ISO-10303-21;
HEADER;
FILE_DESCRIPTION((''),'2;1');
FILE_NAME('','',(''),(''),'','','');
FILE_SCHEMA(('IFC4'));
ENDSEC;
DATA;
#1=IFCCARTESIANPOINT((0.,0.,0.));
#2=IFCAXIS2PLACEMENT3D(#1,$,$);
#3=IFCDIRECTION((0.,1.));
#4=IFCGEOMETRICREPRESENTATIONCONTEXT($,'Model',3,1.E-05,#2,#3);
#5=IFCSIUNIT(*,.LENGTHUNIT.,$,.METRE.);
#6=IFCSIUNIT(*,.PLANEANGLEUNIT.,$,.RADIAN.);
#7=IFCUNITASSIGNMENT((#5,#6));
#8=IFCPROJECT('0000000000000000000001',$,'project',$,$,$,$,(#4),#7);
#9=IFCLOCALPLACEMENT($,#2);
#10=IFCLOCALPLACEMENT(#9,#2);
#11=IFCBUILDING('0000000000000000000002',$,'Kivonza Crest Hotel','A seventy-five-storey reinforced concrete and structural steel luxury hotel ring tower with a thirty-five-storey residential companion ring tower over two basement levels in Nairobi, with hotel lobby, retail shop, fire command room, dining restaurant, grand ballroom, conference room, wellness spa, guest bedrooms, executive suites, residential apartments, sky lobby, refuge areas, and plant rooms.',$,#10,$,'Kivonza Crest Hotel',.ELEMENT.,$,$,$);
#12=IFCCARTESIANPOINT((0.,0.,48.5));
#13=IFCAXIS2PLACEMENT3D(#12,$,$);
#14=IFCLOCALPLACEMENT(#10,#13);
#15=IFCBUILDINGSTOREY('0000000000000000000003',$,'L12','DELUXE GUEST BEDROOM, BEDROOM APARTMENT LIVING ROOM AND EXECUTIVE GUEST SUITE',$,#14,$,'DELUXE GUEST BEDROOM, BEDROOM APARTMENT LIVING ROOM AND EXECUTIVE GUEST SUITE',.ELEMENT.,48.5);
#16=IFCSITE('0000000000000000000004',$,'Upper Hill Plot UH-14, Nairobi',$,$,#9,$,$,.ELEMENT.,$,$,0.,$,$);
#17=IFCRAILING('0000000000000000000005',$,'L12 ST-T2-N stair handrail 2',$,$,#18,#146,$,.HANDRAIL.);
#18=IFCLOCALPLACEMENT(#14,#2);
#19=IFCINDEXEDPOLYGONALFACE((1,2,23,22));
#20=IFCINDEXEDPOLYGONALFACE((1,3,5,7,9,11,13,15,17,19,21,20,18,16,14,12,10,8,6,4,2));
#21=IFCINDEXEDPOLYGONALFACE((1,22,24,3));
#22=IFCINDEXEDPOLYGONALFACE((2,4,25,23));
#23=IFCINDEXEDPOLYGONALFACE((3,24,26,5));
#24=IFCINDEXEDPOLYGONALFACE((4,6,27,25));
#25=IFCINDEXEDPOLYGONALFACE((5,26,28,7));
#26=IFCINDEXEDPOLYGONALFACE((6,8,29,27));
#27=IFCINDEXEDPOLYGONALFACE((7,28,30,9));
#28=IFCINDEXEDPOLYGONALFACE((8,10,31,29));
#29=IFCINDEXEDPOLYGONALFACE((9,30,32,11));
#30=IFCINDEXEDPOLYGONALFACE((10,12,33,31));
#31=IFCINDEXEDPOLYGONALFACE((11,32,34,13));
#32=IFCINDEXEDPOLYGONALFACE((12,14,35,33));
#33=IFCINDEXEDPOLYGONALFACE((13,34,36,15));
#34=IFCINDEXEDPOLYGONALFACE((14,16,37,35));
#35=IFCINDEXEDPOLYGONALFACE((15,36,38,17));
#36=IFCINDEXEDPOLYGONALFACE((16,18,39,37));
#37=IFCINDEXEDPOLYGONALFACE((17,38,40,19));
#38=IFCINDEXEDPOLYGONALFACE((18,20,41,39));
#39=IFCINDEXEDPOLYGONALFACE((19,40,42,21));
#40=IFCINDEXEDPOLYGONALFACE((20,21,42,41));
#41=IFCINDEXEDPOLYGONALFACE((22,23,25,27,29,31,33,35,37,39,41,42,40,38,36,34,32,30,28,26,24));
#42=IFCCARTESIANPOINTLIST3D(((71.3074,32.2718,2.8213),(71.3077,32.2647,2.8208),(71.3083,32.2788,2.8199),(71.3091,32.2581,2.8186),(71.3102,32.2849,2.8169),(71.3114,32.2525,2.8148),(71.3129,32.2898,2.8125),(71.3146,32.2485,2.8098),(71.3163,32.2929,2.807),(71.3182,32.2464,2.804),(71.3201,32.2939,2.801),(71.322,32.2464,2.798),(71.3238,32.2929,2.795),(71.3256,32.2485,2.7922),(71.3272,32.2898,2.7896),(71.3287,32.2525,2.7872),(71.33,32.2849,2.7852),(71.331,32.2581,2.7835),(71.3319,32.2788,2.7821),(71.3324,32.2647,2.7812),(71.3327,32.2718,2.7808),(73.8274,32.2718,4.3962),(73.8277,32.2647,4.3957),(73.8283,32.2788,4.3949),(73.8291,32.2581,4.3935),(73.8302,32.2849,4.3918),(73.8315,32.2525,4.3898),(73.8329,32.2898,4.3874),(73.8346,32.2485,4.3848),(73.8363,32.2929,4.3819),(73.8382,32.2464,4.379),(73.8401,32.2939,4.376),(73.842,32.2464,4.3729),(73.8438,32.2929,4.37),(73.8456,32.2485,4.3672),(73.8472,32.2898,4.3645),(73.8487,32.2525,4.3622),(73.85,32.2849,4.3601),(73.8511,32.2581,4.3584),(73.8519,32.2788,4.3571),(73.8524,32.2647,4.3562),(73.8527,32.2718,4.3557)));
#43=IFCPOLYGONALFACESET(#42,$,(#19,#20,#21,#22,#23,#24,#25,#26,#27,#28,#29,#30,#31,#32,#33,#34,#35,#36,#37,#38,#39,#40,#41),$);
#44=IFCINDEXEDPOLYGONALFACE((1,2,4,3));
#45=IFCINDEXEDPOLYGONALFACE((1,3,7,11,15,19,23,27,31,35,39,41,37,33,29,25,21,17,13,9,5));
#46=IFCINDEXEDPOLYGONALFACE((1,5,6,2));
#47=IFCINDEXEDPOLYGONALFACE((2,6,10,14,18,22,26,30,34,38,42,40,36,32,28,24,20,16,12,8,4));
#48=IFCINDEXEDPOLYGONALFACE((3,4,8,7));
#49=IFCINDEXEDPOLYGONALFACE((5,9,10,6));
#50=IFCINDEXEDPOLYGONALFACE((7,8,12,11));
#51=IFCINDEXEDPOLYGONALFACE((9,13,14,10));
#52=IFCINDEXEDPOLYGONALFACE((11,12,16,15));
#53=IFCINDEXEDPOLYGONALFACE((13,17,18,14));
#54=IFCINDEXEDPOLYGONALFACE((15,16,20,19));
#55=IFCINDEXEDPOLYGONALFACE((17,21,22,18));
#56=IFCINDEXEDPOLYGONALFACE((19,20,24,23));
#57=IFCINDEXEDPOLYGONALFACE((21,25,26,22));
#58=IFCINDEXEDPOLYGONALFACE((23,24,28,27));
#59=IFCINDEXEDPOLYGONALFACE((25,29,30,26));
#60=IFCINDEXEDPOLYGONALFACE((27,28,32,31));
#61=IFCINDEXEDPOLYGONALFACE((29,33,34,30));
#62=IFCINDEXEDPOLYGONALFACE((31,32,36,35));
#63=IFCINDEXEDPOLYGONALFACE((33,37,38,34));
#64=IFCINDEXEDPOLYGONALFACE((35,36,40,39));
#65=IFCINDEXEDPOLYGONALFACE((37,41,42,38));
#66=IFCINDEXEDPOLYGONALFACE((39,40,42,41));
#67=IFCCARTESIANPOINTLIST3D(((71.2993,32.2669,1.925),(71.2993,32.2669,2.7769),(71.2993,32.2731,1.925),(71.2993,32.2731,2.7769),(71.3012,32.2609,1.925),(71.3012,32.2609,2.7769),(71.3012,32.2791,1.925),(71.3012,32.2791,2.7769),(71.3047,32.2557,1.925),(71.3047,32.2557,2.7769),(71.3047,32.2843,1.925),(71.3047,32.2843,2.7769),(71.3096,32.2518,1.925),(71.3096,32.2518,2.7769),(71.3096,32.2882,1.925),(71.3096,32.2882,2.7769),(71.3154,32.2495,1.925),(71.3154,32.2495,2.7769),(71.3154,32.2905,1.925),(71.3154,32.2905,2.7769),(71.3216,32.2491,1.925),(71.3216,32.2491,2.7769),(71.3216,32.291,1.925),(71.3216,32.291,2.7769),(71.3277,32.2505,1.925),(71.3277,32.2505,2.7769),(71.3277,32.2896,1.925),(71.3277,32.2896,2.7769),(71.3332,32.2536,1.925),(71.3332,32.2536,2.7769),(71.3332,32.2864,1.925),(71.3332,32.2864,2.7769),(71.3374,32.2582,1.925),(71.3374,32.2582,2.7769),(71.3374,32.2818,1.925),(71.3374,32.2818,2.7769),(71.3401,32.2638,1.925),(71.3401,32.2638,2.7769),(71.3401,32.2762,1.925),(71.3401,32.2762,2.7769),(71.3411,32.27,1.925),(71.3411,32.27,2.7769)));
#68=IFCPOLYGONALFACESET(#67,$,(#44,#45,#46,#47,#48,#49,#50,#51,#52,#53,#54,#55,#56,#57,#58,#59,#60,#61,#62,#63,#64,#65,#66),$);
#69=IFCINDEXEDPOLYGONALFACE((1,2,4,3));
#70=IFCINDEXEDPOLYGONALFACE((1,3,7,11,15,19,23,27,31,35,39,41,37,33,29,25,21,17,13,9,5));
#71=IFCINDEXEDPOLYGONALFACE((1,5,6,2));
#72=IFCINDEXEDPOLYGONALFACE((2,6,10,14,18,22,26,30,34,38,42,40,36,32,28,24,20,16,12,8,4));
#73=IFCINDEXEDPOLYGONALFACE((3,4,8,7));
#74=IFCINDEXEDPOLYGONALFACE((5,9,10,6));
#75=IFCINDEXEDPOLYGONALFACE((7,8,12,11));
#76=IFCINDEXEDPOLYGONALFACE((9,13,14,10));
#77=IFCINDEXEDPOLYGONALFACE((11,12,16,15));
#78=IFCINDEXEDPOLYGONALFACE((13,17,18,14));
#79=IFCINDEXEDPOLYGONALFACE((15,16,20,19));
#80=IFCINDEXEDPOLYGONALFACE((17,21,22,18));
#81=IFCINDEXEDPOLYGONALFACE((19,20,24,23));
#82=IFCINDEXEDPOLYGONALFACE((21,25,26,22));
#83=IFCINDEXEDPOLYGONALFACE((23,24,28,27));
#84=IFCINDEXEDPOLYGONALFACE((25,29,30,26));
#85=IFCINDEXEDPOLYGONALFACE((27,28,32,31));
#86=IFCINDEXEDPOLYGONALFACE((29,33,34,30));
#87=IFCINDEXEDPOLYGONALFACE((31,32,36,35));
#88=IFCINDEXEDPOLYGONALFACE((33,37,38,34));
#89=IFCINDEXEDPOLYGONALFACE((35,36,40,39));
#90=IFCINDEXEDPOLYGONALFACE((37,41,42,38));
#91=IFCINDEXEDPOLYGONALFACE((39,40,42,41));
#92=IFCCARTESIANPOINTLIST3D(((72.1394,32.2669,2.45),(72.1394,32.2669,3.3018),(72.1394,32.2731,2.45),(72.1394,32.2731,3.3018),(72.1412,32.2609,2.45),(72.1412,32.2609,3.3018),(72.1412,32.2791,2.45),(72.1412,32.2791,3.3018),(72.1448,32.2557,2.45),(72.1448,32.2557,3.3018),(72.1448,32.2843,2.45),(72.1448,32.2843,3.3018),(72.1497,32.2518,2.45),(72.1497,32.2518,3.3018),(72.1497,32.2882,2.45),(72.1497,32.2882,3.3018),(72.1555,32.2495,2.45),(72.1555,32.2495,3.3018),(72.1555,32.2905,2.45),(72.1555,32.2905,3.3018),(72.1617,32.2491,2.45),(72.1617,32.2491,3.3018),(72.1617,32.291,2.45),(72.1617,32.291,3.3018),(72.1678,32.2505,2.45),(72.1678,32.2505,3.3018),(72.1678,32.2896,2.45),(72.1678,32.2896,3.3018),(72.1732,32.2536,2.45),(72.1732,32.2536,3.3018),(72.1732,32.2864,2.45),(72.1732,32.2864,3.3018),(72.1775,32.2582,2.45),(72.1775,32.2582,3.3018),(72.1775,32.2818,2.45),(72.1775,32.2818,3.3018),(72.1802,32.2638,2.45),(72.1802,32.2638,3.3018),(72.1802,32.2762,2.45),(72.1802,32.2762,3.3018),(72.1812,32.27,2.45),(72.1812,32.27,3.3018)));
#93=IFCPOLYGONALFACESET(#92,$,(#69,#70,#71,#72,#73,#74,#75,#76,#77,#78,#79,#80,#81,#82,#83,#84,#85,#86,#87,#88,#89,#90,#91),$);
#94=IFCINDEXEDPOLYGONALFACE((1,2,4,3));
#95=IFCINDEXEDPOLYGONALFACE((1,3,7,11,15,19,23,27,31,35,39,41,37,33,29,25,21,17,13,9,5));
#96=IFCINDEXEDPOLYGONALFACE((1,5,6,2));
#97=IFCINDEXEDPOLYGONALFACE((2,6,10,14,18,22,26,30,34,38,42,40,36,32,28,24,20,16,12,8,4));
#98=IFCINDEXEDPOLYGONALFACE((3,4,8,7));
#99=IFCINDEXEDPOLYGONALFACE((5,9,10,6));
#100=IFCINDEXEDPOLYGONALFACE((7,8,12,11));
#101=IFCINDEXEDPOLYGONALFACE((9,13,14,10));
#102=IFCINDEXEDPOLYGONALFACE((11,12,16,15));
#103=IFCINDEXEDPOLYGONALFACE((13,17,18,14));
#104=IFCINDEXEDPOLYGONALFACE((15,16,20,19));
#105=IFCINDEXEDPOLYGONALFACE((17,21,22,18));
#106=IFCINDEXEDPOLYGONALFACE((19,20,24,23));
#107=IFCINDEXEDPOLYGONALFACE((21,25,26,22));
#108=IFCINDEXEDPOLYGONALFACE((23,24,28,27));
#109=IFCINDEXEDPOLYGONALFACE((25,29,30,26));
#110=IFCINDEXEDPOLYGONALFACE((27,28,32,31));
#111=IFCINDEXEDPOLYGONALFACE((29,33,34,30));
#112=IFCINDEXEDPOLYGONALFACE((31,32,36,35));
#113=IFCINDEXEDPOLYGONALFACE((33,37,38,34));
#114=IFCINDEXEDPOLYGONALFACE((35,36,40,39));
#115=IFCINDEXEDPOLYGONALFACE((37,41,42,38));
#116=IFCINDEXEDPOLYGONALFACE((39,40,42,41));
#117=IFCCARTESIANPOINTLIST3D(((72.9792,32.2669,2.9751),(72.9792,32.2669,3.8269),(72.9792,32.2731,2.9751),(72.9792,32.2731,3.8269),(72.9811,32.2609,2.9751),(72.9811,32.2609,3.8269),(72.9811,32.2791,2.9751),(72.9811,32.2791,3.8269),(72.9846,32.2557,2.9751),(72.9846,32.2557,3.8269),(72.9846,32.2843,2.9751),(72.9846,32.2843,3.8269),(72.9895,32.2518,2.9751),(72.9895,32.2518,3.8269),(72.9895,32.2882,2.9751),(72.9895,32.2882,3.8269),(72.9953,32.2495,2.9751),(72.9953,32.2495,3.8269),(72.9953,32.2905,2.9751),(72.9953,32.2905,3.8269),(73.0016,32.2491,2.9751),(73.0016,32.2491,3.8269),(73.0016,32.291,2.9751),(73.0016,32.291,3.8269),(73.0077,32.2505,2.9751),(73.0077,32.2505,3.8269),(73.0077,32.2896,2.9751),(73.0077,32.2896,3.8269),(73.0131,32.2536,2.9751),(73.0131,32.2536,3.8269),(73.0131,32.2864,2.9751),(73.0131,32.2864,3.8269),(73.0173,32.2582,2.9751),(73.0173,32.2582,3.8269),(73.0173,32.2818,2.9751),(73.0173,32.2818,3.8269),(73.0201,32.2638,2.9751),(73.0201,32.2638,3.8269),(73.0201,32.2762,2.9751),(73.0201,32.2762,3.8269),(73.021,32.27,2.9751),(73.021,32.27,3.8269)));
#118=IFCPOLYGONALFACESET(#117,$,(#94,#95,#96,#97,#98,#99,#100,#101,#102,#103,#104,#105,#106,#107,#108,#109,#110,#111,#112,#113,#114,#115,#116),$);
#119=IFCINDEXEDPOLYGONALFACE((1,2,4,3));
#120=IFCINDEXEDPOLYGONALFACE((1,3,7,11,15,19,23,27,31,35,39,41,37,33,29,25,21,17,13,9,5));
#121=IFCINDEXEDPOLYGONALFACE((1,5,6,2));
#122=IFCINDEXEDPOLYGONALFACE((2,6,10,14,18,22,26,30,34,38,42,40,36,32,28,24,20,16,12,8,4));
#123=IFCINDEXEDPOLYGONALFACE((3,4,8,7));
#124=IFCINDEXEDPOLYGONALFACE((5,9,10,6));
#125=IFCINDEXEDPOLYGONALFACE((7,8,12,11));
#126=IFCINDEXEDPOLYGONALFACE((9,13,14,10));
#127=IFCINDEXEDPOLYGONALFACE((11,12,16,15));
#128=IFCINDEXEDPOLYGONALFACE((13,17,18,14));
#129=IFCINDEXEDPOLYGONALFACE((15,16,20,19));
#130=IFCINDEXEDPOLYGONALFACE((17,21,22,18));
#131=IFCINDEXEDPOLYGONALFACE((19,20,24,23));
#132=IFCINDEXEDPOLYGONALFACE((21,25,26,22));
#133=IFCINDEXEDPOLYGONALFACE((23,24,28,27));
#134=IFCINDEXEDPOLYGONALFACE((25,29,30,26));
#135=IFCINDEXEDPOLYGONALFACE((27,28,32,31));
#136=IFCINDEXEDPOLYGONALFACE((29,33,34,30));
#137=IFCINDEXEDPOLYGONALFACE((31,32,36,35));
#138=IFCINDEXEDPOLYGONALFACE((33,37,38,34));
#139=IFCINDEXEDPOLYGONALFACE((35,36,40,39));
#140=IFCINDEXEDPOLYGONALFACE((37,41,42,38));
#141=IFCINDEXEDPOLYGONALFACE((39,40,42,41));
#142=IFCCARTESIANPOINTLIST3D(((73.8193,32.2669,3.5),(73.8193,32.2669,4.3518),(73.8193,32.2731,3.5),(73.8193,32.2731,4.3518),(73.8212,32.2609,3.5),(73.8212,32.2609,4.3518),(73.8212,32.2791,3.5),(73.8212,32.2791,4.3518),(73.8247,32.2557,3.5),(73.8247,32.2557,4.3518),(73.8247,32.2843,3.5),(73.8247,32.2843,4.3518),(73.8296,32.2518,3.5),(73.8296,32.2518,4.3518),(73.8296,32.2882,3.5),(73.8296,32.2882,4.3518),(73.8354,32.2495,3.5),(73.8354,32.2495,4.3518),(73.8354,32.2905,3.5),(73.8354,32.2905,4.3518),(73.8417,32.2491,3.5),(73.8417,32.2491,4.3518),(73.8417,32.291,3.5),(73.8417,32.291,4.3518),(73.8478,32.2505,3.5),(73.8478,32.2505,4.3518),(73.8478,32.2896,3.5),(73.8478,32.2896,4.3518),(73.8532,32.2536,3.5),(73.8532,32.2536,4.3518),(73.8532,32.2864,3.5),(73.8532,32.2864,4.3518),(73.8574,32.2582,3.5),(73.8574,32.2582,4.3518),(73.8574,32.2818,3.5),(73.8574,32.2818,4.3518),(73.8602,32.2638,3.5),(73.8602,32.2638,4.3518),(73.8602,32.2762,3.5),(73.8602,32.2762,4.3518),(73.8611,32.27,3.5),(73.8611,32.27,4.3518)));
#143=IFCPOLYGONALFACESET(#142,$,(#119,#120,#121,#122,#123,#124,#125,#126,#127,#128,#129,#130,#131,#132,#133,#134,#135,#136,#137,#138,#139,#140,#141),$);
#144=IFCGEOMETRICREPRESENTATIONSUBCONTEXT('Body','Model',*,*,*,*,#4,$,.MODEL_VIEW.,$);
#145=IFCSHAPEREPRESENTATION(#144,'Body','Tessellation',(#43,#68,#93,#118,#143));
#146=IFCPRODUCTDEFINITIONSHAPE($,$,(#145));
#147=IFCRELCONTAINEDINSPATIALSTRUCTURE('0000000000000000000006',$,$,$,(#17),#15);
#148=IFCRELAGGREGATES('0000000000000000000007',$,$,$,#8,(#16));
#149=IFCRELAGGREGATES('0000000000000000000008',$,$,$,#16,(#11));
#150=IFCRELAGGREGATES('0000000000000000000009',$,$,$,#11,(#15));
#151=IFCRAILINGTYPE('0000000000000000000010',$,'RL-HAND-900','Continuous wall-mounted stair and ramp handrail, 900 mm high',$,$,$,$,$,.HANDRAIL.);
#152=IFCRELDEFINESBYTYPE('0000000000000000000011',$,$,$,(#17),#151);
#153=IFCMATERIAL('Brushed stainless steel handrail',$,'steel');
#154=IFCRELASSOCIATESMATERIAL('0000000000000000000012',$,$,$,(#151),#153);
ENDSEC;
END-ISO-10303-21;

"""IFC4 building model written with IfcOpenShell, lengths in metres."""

from ifc_helpers import new_model, si_unit, direction, frame, origin, origin_2d, place, context, subcontext, project, spatial, circle, extrude, material, type_object, element, save


model = new_model("IFC4")

# Units and contexts
model_context = context("Model", 3, precision=1e-05, world=origin(), true_north=direction((0.0, 1.0)))
body_context = subcontext(model_context, "Body", "Model", "MODEL_VIEW")
ifc_project = project(units=[si_unit("LENGTHUNIT", "METRE"), si_unit("PLANEANGLEUNIT", "RADIAN")], contexts=[model_context])

# Site, building, storey
site_placement = place(None, origin())
site = spatial("IfcSite", under=ifc_project, at=site_placement, Name="Upper Hill Plot UH-14, Nairobi", CompositionType="ELEMENT", RefElevation=0.0)
building_placement = place(site_placement, origin())
building = spatial("IfcBuilding", under=site, at=building_placement, Name="Kivonza Crest Hotel", Description="A seventy-five-storey reinforced concrete and structural steel luxury hotel ring tower with a thirty-five-storey residential companion ring tower over two basement levels in Nairobi, with hotel lobby, retail shop, fire command room, dining restaurant, grand ballroom, conference room, wellness spa, guest bedrooms, executive suites, residential apartments, sky lobby, refuge areas, and plant rooms.", LongName="Kivonza Crest Hotel", CompositionType="ELEMENT")
storey_placement = place(building_placement, frame((0.0, 0.0, 48.5)))
storey = spatial("IfcBuildingStorey", under=building, at=storey_placement, Name="L12", Description="DELUXE GUEST BEDROOM, BEDROOM APARTMENT LIVING ROOM AND EXECUTIVE GUEST SUITE", LongName="DELUXE GUEST BEDROOM, BEDROOM APARTMENT LIVING ROOM AND EXECUTIVE GUEST SUITE", CompositionType="ELEMENT", Elevation=48.5)

# Railing
ifc_material_1 = material(Name="Brushed stainless steel handrail", Category="steel")
railing_type = type_object("IfcRailingType", Name="RL-HAND-900", Description="Continuous wall-mounted stair and ramp handrail, 900 mm high", PredefinedType="HANDRAIL", material=ifc_material_1)
railing_placement = place(storey_placement, frame((71.3201, 32.27, 1.925)))
element("IfcRailing", 1, at=railing_placement, inside=storey, type_object=railing_type, Name="L12 ST-T2-N stair handrail 2", PredefinedType="HANDRAIL", context=body_context, shape_type="SweptSolid", body=[
    extrude(circle(Radius=0.0239, at=origin_2d()), frame((0.0, 0.0, 0.876), z_axis=(0.848008, 0.0, 0.529984), x_axis=(0.0, 1.0, 0.0)), (0.0, 0.0, 1.0), 2.9717),
    extrude(circle(Radius=0.021, at=origin_2d()), origin(), (0.0, 0.0, 1.0), 0.8518),
    extrude(circle(Radius=0.021, at=origin_2d()), frame((0.8401, 0.0, 0.5249)), (0.0, 0.0, 1.0), 0.8518),
    extrude(circle(Radius=0.021, at=origin_2d()), frame((1.6799, 0.0, 1.05)), (0.0, 0.0, 1.0), 0.8518),
    extrude(circle(Radius=0.021, at=origin_2d()), frame((2.52, 0.0, 1.575)), (0.0, 0.0, 1.0), 0.8518),
])

save(model, "model.ifc")
